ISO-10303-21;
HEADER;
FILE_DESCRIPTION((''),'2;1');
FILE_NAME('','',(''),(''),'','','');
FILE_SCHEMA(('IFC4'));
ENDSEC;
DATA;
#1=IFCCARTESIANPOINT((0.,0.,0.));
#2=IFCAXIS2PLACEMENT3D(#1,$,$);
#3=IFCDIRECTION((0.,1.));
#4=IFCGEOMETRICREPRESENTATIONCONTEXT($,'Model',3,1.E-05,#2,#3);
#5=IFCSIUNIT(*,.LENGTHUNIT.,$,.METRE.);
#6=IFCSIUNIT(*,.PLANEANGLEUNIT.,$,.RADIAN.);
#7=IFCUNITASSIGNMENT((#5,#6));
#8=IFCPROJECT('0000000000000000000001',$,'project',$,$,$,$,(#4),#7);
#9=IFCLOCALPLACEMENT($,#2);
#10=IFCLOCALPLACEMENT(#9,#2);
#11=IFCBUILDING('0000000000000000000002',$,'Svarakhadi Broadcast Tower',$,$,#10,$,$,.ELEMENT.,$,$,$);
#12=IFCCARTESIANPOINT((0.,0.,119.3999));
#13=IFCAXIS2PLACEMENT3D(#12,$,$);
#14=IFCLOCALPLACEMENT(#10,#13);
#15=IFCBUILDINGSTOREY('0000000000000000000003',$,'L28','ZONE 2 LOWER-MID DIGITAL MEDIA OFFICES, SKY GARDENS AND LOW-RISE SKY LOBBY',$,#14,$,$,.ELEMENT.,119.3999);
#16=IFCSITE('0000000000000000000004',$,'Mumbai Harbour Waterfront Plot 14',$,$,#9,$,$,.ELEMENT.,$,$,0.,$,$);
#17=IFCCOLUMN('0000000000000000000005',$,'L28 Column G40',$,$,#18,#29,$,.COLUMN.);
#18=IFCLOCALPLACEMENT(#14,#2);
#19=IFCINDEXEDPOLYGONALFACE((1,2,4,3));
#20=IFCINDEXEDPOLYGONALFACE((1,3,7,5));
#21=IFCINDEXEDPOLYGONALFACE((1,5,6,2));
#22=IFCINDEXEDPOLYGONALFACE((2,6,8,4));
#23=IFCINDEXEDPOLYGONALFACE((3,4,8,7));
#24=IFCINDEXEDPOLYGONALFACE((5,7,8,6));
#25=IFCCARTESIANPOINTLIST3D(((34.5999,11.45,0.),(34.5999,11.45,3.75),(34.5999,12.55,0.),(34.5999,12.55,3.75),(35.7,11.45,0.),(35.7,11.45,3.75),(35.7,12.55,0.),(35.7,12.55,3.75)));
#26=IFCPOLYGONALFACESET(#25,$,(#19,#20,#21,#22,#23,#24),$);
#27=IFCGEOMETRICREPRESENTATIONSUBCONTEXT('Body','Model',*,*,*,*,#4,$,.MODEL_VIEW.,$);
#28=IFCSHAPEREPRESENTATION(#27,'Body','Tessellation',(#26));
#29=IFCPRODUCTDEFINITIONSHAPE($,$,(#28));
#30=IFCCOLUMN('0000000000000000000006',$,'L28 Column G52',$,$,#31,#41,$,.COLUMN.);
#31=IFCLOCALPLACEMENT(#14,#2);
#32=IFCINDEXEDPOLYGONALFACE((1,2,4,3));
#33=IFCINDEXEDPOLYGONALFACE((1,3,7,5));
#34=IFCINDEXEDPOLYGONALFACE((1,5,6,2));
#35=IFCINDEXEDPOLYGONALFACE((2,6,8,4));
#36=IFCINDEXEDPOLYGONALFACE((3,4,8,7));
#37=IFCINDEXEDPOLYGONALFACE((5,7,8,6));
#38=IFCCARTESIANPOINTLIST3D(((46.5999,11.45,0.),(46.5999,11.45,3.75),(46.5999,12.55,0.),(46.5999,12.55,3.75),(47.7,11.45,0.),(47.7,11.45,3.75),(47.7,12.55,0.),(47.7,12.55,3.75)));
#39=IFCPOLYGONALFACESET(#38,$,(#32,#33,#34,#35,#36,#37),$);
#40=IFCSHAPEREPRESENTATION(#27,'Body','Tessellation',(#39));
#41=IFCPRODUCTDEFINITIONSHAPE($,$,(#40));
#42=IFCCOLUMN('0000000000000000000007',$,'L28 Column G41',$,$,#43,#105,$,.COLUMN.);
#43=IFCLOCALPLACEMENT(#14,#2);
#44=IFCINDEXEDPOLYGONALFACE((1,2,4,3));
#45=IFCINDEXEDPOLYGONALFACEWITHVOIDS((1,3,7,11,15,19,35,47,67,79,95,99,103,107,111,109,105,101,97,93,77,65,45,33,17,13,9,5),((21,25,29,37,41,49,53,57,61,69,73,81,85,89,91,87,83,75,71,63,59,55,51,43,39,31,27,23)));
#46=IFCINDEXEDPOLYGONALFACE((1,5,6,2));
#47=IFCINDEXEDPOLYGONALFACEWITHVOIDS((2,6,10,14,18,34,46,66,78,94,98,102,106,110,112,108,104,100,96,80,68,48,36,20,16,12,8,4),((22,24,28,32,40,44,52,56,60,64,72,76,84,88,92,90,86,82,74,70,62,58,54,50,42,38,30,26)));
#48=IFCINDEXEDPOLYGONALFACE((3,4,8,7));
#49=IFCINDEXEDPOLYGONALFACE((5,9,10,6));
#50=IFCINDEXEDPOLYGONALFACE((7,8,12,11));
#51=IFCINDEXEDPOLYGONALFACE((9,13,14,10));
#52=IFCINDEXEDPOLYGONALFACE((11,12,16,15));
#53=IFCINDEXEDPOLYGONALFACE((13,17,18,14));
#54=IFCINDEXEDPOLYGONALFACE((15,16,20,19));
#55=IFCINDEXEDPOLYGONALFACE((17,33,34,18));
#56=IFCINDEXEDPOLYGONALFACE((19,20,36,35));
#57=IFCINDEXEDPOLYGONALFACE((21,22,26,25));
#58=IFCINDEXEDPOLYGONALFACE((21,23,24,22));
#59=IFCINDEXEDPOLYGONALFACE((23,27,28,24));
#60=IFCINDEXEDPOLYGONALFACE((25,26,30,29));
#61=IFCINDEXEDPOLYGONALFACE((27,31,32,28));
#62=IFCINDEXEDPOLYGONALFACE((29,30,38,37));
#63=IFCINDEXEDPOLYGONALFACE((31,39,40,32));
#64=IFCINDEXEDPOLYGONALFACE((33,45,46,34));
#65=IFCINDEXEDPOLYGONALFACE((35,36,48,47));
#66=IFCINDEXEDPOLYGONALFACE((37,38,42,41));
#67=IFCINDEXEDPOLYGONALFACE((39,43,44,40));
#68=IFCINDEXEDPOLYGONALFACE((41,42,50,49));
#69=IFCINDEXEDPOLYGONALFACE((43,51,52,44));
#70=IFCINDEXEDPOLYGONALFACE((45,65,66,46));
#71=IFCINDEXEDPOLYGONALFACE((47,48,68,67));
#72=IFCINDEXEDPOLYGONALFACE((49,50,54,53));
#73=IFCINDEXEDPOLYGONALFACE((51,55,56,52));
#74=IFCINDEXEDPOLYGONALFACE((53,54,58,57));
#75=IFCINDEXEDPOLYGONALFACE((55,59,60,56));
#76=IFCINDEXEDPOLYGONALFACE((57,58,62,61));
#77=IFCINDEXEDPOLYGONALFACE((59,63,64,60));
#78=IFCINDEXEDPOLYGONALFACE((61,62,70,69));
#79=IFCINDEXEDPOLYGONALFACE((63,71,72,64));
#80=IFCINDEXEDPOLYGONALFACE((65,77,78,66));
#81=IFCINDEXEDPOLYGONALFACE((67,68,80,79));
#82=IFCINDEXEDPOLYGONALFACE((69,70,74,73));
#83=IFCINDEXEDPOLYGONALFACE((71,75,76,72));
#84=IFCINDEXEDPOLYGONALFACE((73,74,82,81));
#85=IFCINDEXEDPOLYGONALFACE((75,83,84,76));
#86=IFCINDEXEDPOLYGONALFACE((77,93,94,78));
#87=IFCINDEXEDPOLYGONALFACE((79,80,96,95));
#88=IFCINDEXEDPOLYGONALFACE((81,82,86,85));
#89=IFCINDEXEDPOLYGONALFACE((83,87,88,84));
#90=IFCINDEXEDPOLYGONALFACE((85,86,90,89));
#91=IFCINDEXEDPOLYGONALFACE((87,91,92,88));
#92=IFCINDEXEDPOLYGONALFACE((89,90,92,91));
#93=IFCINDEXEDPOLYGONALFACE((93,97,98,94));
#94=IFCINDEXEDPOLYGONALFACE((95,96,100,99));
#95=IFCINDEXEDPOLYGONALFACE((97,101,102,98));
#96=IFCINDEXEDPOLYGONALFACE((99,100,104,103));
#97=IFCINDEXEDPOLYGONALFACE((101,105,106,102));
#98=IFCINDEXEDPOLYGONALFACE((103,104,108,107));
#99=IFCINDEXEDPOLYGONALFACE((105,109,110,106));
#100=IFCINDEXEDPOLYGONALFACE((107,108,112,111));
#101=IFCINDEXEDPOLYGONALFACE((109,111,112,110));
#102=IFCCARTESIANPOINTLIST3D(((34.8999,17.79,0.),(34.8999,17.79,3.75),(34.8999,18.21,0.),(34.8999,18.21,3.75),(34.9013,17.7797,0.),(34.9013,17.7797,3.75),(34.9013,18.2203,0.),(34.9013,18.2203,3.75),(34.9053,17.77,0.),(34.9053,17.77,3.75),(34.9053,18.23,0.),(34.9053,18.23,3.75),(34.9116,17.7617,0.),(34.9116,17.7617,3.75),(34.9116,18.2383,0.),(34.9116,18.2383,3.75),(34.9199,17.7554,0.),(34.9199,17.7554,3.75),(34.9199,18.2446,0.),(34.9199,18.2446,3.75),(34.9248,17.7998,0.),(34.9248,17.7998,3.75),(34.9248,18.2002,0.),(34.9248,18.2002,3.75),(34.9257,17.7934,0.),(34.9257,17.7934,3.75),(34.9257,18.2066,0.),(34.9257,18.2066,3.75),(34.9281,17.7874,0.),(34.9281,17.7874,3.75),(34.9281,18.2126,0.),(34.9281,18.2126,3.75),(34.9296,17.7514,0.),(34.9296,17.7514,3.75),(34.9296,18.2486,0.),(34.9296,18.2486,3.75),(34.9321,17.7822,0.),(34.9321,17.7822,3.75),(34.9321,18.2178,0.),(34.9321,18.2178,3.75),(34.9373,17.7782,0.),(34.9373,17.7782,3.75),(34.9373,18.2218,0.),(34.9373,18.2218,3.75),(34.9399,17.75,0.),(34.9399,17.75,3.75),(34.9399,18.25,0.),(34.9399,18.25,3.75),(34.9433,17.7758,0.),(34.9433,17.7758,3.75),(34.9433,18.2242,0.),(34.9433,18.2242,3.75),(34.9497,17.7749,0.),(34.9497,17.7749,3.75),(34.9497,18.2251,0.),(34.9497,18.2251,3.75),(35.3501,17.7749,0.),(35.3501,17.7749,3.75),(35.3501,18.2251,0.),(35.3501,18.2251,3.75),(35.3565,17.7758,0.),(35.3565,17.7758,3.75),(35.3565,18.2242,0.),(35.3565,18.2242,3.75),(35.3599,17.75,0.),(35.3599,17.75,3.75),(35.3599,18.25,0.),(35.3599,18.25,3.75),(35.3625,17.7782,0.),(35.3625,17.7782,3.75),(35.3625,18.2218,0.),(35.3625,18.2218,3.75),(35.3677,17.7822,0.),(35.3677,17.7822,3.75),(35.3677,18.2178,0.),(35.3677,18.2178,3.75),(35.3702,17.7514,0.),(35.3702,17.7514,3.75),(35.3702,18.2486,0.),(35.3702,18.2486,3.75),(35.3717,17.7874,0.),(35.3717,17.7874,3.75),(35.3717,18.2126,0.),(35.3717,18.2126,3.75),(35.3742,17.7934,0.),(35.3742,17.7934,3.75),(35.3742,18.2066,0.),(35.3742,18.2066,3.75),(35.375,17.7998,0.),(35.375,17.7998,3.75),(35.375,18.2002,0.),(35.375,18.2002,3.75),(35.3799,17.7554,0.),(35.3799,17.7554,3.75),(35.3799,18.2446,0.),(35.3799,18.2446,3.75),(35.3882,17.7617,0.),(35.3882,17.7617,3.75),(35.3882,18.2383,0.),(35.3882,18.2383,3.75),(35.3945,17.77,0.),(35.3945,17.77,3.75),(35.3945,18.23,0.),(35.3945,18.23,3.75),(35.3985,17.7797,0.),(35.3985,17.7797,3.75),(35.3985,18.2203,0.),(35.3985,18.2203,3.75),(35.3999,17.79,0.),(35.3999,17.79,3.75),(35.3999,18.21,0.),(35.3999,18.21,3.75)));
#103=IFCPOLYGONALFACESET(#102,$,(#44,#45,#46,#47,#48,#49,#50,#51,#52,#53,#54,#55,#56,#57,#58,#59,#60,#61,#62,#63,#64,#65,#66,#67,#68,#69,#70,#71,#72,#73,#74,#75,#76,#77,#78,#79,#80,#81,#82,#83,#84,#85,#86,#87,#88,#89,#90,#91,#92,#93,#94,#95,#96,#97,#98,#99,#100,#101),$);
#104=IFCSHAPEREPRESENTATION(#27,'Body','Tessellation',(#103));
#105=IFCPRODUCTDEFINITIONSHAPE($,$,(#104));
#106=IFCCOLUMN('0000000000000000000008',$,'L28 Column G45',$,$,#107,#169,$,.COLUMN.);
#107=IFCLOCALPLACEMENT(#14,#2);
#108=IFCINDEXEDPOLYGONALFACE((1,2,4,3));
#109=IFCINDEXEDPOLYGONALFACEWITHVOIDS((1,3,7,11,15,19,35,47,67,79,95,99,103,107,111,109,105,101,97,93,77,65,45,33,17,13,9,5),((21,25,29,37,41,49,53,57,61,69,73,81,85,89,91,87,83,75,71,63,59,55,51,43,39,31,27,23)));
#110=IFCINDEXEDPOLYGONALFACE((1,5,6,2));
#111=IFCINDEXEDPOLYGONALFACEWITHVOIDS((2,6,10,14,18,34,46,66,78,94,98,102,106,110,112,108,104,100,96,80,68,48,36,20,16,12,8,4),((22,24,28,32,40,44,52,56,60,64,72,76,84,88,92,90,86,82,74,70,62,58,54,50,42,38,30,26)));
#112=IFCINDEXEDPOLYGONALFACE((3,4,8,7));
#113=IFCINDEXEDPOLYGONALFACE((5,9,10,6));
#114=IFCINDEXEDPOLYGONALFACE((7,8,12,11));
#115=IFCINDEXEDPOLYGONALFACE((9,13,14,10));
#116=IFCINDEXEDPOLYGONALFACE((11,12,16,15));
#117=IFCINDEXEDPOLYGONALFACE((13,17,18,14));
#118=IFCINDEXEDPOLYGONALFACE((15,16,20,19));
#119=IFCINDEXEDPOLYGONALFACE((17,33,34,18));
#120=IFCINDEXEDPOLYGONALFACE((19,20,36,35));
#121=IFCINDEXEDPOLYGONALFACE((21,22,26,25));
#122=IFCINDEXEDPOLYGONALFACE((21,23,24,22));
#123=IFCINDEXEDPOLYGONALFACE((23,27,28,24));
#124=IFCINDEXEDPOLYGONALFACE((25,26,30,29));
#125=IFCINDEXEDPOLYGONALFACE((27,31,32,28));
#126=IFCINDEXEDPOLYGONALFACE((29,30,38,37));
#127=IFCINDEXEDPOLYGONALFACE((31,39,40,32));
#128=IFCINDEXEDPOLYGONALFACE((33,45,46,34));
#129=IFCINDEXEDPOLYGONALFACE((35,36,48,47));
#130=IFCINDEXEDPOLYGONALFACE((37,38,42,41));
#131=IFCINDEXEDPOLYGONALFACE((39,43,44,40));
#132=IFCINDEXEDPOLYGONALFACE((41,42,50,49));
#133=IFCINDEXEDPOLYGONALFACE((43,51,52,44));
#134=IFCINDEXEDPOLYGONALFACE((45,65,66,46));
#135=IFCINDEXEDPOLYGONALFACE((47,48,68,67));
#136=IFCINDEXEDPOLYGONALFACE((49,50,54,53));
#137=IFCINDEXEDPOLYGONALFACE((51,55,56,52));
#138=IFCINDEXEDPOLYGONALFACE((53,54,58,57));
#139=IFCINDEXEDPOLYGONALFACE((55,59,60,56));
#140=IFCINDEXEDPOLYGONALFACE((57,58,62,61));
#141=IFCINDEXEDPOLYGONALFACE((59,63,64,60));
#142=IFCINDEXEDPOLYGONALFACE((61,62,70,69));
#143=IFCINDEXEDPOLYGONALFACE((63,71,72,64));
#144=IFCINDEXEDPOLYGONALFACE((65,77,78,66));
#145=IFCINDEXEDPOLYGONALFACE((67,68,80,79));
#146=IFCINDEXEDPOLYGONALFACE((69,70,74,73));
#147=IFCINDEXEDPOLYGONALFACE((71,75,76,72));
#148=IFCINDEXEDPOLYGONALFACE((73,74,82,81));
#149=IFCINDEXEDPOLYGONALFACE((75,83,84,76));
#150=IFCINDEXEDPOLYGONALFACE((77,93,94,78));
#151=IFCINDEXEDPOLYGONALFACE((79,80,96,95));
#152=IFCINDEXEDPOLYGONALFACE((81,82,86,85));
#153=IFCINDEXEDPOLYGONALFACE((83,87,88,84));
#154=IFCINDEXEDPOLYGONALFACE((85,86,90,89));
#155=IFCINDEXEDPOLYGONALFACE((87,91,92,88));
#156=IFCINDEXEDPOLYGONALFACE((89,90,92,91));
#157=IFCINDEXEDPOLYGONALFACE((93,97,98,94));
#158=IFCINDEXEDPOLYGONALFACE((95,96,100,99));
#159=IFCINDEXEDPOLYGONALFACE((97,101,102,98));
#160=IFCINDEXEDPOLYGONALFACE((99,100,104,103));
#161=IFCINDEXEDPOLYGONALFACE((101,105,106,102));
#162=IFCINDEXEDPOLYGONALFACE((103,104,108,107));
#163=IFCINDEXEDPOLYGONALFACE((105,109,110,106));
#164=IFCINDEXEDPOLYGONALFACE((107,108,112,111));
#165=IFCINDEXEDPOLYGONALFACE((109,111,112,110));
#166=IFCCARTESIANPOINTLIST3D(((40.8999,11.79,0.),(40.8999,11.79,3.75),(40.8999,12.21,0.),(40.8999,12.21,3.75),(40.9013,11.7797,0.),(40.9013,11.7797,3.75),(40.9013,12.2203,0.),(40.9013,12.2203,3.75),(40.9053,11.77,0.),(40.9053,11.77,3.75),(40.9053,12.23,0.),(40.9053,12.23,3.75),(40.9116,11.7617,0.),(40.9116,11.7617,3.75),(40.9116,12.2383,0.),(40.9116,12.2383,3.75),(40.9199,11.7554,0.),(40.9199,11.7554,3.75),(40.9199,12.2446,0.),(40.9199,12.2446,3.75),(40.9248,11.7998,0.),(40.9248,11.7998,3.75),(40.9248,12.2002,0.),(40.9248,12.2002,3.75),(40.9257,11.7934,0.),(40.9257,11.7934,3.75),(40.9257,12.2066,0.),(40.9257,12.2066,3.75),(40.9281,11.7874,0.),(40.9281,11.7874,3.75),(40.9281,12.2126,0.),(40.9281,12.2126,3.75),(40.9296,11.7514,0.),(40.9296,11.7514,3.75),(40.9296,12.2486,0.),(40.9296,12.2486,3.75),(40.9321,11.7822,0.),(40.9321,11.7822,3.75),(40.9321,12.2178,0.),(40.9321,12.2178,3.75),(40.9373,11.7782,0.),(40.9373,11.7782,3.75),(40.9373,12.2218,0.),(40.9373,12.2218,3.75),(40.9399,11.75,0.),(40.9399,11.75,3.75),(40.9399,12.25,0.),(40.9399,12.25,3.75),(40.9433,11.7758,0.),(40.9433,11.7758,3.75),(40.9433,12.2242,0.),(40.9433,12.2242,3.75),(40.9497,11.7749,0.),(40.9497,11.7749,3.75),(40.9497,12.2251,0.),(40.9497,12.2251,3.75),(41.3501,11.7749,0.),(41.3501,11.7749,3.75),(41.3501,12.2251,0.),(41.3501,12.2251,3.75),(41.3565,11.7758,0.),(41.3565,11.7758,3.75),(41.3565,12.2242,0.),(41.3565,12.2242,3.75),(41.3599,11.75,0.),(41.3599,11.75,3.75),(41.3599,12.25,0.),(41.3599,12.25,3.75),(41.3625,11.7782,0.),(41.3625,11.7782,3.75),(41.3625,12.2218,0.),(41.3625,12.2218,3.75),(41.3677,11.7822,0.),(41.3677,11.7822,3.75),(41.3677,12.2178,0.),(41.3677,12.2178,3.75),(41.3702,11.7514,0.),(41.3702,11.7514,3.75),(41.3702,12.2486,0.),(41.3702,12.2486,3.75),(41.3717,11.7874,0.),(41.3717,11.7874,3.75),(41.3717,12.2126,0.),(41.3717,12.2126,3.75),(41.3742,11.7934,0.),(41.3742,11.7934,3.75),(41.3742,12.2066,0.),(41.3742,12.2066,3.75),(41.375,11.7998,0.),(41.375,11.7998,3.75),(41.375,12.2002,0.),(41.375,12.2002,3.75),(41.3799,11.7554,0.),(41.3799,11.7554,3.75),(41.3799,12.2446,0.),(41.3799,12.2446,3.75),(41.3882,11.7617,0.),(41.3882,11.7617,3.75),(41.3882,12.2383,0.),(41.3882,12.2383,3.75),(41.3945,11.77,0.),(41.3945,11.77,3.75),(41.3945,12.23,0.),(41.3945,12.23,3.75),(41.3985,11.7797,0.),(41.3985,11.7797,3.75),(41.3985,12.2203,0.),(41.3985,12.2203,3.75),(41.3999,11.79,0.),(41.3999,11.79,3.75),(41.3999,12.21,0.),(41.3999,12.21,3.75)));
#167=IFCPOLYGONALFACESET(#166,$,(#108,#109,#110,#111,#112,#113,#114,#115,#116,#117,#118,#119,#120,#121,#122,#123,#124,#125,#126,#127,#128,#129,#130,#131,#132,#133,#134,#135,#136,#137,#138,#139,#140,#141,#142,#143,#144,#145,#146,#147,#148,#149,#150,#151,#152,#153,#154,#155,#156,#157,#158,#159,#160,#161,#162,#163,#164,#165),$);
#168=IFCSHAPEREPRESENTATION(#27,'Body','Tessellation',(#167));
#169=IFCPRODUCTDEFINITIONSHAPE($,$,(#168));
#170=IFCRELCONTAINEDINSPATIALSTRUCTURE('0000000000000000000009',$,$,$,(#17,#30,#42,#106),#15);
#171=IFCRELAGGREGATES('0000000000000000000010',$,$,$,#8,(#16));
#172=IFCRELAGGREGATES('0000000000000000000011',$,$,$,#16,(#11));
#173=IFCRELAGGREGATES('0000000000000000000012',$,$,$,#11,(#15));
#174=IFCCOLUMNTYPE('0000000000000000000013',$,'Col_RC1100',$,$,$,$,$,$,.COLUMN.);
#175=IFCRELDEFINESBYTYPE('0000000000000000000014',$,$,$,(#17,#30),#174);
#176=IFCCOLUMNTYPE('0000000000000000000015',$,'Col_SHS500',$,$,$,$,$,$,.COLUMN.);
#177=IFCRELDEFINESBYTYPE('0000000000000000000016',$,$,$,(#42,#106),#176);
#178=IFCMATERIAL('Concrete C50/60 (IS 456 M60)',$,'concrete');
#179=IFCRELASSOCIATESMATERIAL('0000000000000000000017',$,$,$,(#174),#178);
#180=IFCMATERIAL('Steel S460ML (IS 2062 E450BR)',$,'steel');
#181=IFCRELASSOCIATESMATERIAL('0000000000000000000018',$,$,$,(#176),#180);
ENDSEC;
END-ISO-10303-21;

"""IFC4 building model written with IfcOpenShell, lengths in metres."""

from ifc_helpers import new_model, si_unit, direction, frame, origin, origin_2d, place, context, subcontext, project, spatial, rectangle, hollow_rectangle, extrude, material, material_profile, profile_set, type_object, element, save


model = new_model("IFC4")

# Units and contexts
model_context = context("Model", 3, precision=1e-05, world=origin(), true_north=direction((0.0, 1.0)))
body_context = subcontext(model_context, "Body", "Model", "MODEL_VIEW")
ifc_project = project(units=[si_unit("LENGTHUNIT", "METRE"), si_unit("PLANEANGLEUNIT", "RADIAN")], contexts=[model_context])

# Site, building, storey
site_placement = place(None, origin())
site = spatial("IfcSite", under=ifc_project, at=site_placement, Name="Mumbai Harbour Waterfront Plot 14", CompositionType="ELEMENT", RefElevation=0.0)
building_placement = place(site_placement, origin())
building = spatial("IfcBuilding", under=site, at=building_placement, Name="Svarakhadi Broadcast Tower", CompositionType="ELEMENT")
storey_placement = place(building_placement, frame((0.0, 0.0, 119.3999)))
storey = spatial("IfcBuildingStorey", under=building, at=storey_placement, Name="L28", Description="ZONE 2 LOWER-MID DIGITAL MEDIA OFFICES, SKY GARDENS AND LOW-RISE SKY LOBBY", CompositionType="ELEMENT", Elevation=119.3999)

# Columns
ifc_material_1 = material(Name="Concrete C50/60 (IS 456 M60)", Category="concrete")
ifc_material_profile_1 = material_profile(ifc_material_1, rectangle(XDim=1.1001, YDim=1.1001, at=origin_2d()), Name="RC 1100x1100")
ifc_profile_set_1 = profile_set([ifc_material_profile_1], Name="Concrete C50/60 (IS 456 M60)")
column_type_1 = type_object("IfcColumnType", Name="Col_RC1100", PredefinedType="COLUMN", material=ifc_profile_set_1)
for number, where, z_axis, x_axis, name in (
    (1, (35.1499, 12.0, 0.0), (0.0, 0.0, 1.0), (1.0, 0.0, 0.0), "L28 Column G40"),
    (2, (47.1499, 12.0, 0.0), (0.0, 0.0, 1.0), (1.0, 0.0, 0.0), "L28 Column G52"),
):
    element("IfcColumn", number, at=place(storey_placement, frame(where, z_axis=z_axis, x_axis=x_axis)), inside=storey, type_object=column_type_1, Name=name, PredefinedType="COLUMN", context=body_context, shape_type="SweptSolid", body=[
        extrude(rectangle(XDim=1.1001, YDim=1.1001, at=origin_2d()), origin(), (0.0, 0.0, 1.0), 3.75),
    ])
ifc_material_2 = material(Name="Steel S460ML (IS 2062 E450BR)", Category="steel")
ifc_material_profile_2 = material_profile(ifc_material_2, hollow_rectangle(XDim=0.5, YDim=0.5, WallThickness=0.0249, InnerFilletRadius=0.0249, OuterFilletRadius=0.04, at=origin_2d()), Name="SHS 500x500x25")
ifc_profile_set_2 = profile_set([ifc_material_profile_2], Name="Steel S460ML (IS 2062 E450BR)")
column_type_2 = type_object("IfcColumnType", Name="Col_SHS500", PredefinedType="COLUMN", material=ifc_profile_set_2)
for number, where, z_axis, x_axis, name in (
    (3, (35.1499, 18.0, 0.0), (0.0, 0.0, 1.0), (1.0, 0.0, 0.0), "L28 Column G41"),
    (4, (41.1499, 12.0, 0.0), (0.0, 0.0, 1.0), (1.0, 0.0, 0.0), "L28 Column G45"),
):
    element("IfcColumn", number, at=place(storey_placement, frame(where, z_axis=z_axis, x_axis=x_axis)), inside=storey, type_object=column_type_2, Name=name, PredefinedType="COLUMN", context=body_context, shape_type="SweptSolid", body=[
        extrude(hollow_rectangle(XDim=0.5, YDim=0.5, WallThickness=0.0249, InnerFilletRadius=0.0249, OuterFilletRadius=0.04, at=origin_2d()), origin(), (0.0, 0.0, 1.0), 3.75),
    ])

save(model, "model.ifc")
